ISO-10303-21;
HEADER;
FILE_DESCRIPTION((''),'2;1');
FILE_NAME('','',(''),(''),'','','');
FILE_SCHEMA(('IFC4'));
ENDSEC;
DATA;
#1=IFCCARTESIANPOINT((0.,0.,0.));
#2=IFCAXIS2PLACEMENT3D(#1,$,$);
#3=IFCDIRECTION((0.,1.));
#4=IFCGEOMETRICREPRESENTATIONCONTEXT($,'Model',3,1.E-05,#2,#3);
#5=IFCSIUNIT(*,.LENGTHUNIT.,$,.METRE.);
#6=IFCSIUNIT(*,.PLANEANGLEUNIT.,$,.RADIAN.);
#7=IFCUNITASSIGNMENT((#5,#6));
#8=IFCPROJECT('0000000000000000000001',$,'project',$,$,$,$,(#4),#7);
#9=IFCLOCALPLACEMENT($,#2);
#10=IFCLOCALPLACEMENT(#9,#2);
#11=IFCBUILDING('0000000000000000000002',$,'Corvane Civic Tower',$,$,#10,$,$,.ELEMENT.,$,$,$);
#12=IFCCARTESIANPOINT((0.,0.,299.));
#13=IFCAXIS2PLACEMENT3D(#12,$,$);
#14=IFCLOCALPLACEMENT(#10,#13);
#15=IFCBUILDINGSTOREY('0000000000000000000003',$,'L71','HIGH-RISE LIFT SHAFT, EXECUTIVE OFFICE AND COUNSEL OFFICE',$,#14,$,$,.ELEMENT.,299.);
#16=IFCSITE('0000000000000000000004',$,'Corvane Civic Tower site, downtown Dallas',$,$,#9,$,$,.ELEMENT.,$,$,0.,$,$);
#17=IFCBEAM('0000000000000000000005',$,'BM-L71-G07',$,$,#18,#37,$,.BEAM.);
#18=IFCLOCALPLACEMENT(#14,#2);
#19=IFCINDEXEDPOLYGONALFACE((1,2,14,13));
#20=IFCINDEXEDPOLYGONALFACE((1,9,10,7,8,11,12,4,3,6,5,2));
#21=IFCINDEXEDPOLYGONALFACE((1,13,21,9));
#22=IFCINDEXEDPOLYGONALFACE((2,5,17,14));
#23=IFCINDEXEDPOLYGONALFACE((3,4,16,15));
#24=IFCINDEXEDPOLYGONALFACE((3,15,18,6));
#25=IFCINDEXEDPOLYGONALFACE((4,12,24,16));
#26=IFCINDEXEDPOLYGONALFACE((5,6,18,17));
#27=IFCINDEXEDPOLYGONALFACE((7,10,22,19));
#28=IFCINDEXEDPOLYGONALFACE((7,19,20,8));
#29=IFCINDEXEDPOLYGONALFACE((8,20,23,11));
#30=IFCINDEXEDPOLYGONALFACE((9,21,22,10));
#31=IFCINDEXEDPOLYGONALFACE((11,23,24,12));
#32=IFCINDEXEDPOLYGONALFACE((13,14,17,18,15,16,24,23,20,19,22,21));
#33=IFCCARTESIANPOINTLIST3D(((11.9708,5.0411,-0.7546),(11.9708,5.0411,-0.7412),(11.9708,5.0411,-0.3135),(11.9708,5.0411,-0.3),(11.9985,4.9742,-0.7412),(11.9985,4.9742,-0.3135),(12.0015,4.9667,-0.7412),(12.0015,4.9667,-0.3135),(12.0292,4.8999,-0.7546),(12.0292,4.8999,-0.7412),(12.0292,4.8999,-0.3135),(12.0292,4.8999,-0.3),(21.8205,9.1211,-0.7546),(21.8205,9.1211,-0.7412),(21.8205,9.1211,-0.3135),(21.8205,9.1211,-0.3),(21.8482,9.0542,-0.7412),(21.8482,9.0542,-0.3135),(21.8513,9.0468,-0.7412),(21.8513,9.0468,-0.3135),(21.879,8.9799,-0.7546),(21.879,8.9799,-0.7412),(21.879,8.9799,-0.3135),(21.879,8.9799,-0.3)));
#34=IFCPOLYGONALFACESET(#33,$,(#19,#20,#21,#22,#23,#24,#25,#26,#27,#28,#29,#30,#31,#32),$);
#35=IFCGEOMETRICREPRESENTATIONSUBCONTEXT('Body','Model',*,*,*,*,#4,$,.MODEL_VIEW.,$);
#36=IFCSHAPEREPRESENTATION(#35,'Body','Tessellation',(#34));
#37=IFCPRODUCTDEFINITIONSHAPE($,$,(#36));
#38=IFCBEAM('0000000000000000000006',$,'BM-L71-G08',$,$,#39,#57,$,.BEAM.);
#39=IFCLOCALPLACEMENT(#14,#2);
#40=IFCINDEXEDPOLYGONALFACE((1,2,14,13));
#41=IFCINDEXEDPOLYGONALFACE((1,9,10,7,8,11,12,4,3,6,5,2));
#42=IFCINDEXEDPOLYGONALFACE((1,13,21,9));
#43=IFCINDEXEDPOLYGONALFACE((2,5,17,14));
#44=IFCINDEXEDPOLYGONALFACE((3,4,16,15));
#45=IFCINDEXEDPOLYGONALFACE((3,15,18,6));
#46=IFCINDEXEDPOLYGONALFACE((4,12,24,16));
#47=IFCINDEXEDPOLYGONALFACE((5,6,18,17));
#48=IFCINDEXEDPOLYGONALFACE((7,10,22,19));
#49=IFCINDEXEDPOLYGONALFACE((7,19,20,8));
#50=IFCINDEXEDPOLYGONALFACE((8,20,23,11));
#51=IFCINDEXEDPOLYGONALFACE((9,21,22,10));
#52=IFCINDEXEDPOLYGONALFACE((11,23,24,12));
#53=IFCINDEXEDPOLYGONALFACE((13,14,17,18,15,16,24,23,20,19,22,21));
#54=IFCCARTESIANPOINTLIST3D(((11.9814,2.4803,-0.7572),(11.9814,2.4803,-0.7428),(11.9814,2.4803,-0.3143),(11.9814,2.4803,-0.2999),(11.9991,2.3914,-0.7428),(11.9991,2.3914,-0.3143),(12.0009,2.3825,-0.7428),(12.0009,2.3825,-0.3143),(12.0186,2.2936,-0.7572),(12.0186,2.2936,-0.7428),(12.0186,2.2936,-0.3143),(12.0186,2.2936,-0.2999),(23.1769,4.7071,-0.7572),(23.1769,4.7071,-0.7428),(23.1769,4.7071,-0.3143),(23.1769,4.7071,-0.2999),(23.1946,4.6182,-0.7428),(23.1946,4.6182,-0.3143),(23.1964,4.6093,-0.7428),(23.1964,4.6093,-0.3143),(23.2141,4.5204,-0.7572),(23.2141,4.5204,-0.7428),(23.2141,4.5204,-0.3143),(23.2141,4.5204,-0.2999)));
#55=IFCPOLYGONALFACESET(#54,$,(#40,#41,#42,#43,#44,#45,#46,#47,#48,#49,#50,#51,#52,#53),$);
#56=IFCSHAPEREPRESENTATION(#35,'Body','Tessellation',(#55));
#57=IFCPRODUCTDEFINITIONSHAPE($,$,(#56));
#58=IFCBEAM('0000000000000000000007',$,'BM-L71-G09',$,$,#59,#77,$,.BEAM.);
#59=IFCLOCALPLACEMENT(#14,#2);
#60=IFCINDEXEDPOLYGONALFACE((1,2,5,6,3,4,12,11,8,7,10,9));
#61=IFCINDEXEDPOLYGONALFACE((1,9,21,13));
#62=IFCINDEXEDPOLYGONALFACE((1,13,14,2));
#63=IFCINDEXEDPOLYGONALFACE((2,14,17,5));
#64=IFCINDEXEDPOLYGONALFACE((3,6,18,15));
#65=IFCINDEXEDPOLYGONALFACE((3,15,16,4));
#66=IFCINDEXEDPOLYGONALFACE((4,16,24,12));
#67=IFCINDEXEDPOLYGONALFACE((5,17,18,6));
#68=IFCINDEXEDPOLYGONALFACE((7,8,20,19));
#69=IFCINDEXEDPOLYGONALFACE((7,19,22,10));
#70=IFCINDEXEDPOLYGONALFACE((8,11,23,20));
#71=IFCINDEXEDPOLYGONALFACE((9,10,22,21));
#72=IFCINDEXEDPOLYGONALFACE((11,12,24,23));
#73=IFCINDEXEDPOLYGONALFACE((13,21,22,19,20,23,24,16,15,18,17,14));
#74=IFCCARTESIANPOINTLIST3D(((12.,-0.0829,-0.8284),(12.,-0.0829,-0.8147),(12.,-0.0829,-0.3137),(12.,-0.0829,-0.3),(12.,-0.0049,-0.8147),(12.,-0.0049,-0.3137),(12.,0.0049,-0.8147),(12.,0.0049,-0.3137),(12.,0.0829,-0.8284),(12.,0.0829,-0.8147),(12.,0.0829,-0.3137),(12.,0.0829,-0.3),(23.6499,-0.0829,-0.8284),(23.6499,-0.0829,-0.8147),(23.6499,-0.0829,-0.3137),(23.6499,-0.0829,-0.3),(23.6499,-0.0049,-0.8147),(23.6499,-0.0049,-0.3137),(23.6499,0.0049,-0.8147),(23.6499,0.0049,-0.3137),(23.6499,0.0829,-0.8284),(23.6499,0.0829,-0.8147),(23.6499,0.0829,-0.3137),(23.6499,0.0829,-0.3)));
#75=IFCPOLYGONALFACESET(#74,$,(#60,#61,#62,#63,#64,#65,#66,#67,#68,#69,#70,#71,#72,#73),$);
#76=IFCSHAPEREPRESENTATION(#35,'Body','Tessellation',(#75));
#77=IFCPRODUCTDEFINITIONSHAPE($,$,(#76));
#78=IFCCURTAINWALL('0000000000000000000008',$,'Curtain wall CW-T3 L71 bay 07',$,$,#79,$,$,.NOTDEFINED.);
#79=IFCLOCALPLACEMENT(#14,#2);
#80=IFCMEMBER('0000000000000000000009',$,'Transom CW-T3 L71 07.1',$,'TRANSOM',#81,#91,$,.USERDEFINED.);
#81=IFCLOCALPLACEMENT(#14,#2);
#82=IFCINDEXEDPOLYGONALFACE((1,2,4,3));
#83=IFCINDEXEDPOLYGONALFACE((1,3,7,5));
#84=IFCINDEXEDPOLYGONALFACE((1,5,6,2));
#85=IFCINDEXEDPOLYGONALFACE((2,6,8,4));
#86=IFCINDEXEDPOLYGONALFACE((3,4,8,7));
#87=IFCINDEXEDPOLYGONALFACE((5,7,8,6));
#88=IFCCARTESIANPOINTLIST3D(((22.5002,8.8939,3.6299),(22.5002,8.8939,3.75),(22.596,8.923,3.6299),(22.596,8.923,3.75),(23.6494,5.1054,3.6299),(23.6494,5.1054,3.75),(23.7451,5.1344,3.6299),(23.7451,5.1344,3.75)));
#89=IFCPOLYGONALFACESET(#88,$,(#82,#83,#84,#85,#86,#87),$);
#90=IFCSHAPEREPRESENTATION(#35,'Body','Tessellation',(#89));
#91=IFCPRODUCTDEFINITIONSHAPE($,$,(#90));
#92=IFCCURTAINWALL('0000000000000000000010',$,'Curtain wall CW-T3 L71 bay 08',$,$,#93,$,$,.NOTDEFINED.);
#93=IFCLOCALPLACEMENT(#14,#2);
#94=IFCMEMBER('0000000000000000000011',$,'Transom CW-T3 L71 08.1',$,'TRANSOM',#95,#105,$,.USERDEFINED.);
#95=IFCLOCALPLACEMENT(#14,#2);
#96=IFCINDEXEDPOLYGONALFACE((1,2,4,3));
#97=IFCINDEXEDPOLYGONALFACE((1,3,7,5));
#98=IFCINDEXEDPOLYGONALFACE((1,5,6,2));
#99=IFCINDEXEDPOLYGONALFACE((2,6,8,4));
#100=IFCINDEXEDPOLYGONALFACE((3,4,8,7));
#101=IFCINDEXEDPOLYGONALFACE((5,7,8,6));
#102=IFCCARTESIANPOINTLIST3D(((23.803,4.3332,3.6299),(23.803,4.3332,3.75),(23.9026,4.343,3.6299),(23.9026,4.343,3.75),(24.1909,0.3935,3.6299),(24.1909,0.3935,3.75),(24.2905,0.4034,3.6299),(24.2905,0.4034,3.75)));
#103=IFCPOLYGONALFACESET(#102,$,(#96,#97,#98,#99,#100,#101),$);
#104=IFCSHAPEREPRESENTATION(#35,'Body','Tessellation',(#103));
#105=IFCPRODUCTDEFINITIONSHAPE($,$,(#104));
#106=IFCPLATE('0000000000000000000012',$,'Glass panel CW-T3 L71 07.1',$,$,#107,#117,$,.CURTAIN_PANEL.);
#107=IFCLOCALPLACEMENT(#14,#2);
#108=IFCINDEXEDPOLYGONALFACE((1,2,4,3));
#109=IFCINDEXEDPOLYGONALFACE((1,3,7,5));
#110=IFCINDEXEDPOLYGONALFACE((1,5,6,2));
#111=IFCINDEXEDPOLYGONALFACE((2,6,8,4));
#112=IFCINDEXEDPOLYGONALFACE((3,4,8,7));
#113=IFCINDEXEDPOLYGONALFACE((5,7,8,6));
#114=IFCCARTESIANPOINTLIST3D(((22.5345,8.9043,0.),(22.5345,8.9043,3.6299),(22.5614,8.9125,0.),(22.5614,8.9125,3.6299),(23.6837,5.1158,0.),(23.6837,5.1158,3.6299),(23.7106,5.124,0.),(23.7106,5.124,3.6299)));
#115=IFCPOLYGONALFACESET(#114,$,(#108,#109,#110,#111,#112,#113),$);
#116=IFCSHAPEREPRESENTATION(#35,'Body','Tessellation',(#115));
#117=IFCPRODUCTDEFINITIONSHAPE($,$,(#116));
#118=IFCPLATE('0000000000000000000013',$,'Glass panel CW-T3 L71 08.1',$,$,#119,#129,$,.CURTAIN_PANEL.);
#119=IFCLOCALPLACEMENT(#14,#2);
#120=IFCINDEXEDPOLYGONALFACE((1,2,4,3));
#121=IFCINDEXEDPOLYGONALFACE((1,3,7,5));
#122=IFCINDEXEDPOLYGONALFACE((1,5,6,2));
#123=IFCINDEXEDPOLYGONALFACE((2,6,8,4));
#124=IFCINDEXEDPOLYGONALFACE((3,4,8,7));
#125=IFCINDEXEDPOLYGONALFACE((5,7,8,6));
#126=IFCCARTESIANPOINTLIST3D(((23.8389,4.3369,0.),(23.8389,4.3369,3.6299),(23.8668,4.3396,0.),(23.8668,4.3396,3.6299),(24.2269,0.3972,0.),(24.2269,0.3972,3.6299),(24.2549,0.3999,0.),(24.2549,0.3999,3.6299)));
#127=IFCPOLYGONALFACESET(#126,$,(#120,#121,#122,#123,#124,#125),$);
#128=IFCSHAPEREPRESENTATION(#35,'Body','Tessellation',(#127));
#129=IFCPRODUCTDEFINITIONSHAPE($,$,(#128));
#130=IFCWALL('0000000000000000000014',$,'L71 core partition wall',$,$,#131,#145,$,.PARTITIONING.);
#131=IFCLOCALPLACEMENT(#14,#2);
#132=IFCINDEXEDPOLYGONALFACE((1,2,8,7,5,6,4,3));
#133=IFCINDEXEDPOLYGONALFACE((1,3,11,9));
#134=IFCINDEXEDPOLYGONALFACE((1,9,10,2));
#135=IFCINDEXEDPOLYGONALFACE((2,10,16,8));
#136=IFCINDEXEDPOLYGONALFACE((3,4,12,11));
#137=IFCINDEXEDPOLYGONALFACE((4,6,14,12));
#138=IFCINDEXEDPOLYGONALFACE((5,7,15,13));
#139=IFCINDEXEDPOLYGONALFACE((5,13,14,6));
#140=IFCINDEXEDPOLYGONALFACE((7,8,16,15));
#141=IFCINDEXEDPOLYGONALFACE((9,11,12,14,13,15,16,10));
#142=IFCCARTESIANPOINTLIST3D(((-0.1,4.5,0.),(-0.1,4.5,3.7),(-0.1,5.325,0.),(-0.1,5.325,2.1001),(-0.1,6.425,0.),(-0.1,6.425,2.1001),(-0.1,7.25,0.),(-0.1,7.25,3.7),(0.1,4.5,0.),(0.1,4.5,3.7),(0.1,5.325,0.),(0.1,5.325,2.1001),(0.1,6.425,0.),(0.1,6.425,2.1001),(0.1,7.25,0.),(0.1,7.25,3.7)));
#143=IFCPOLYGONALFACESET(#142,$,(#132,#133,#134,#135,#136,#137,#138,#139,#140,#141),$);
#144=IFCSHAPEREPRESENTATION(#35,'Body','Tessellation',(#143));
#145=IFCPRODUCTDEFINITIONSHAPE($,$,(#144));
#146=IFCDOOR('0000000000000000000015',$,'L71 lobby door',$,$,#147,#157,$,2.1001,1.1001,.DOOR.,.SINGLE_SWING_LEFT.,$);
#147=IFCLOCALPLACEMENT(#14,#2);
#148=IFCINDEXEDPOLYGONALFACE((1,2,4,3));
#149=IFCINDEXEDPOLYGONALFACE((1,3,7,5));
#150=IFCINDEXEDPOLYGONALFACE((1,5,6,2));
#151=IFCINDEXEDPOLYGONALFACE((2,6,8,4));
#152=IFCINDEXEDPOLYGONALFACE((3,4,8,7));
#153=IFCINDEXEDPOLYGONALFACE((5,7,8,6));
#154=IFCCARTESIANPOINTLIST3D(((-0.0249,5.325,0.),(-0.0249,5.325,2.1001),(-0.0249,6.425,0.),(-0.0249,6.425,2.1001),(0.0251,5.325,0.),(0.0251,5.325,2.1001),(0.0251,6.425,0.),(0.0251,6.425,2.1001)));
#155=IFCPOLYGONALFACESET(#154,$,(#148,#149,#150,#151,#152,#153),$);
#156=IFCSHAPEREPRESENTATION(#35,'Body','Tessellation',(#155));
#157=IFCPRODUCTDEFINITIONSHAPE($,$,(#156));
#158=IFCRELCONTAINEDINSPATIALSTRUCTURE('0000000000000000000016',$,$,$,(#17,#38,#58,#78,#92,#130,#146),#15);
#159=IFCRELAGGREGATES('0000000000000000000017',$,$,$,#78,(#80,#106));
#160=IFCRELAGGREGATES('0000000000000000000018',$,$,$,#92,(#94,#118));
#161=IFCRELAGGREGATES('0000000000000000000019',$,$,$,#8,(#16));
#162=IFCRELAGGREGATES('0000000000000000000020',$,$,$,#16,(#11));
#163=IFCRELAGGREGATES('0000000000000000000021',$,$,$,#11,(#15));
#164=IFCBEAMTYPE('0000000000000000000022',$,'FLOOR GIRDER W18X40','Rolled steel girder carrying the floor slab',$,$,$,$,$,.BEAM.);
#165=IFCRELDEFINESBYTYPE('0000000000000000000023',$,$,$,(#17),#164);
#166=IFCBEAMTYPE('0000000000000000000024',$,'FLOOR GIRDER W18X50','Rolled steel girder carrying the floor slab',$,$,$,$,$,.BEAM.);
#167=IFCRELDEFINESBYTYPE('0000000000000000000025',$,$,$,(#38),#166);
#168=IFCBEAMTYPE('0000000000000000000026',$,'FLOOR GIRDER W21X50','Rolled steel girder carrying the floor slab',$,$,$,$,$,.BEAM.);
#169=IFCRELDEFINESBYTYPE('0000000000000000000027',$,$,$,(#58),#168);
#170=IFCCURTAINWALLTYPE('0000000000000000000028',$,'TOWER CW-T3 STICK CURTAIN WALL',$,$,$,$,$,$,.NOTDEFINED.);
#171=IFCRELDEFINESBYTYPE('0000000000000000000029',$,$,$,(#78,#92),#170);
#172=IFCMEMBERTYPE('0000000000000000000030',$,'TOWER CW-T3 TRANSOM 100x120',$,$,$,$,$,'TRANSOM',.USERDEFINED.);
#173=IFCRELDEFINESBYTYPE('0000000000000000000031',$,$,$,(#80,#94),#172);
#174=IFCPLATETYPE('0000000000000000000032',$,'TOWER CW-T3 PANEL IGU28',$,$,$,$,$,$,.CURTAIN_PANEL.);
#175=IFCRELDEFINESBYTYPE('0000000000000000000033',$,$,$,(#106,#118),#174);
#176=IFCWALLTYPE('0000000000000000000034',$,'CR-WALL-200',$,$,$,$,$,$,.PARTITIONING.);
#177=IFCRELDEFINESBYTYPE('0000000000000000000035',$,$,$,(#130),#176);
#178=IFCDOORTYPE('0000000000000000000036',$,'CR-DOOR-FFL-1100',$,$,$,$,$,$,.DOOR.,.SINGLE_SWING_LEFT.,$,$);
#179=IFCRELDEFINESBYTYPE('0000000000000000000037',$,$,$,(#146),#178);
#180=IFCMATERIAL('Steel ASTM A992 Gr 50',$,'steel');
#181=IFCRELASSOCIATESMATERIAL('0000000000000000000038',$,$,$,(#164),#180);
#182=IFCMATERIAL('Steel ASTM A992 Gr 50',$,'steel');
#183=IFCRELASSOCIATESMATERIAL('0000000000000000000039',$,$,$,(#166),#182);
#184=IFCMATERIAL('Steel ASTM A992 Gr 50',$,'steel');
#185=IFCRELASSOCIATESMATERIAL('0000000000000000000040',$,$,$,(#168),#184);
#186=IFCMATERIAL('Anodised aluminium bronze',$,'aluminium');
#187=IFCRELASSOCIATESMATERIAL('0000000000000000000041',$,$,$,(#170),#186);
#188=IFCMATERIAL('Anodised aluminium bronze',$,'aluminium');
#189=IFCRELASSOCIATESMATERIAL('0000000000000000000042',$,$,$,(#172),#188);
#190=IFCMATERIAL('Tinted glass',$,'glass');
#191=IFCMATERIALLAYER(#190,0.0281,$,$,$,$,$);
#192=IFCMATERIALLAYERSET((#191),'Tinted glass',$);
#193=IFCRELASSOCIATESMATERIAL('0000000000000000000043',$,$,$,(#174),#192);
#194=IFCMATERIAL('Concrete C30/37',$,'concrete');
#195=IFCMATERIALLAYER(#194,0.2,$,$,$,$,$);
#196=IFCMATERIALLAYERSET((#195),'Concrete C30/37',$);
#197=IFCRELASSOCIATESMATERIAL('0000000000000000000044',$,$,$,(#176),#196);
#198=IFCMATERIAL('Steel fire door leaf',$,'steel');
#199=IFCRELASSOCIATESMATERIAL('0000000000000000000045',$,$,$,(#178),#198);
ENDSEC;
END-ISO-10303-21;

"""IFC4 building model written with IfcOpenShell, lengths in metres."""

from ifc_helpers import new_model, si_unit, direction, frame, frame_2d, origin, origin_2d, place, context, subcontext, project, spatial, rectangle, i_section, extrude, material, layer, layer_set, material_profile, profile_set, type_object, element, fill, aggregate, save


model = new_model("IFC4")

# Units and contexts
model_context = context("Model", 3, precision=1e-05, world=origin(), true_north=direction((0.0, 1.0)))
body_context = subcontext(model_context, "Body", "Model", "MODEL_VIEW")
ifc_project = project(units=[si_unit("LENGTHUNIT", "METRE"), si_unit("PLANEANGLEUNIT", "RADIAN")], contexts=[model_context])

# Site, building, storey
site_placement = place(None, origin())
site = spatial("IfcSite", under=ifc_project, at=site_placement, Name="Corvane Civic Tower site, downtown Dallas", CompositionType="ELEMENT", RefElevation=0.0)
building_placement = place(site_placement, origin())
building = spatial("IfcBuilding", under=site, at=building_placement, Name="Corvane Civic Tower", CompositionType="ELEMENT")
storey_placement = place(building_placement, frame((0.0, 0.0, 299.0)))
storey = spatial("IfcBuildingStorey", under=building, at=storey_placement, Name="L71", Description="HIGH-RISE LIFT SHAFT, EXECUTIVE OFFICE AND COUNSEL OFFICE", CompositionType="ELEMENT", Elevation=299.0)

# Beams
ifc_material_1 = material(Name="Steel ASTM A992 Gr 50", Category="steel")
ifc_material_profile_1 = material_profile(ifc_material_1, i_section(OverallWidth=0.1528, OverallDepth=0.4546, WebThickness=0.0081, FlangeThickness=0.0134, at=origin_2d()), Name="W18X40")
ifc_profile_set_1 = profile_set([ifc_material_profile_1], Name="Steel ASTM A992 Gr 50")
beam_type_1 = type_object("IfcBeamType", Name="FLOOR GIRDER W18X40", Description="Rolled steel girder carrying the floor slab", PredefinedType="BEAM", material=ifc_profile_set_1)
beam_1_placement = place(storey_placement, frame((12.0, 4.9705, -0.5273), z_axis=(0.923875, 0.382694, 0.0), x_axis=(-0.382694, 0.923875, 0.0)))
element("IfcBeam", 1, at=beam_1_placement, inside=storey, type_object=beam_type_1, Name="BM-L71-G07", PredefinedType="BEAM", context=body_context, shape_type="SweptSolid", body=[
    extrude(i_section(OverallWidth=0.1528, OverallDepth=0.4546, WebThickness=0.0081, FlangeThickness=0.0134, at=origin_2d()), origin(), (0.0, 0.0, 1.0), 10.6614),
])
ifc_material_2 = material(Name="Steel ASTM A992 Gr 50", Category="steel")
ifc_material_profile_2 = material_profile(ifc_material_2, i_section(OverallWidth=0.1904, OverallDepth=0.4573, WebThickness=0.009, FlangeThickness=0.0144, at=origin_2d()), Name="W18X50")
ifc_profile_set_2 = profile_set([ifc_material_profile_2], Name="Steel ASTM A992 Gr 50")
beam_type_2 = type_object("IfcBeamType", Name="FLOOR GIRDER W18X50", Description="Rolled steel girder carrying the floor slab", PredefinedType="BEAM", material=ifc_profile_set_2)
beam_2_placement = place(storey_placement, frame((12.0, 2.387, -0.5286), z_axis=(0.980787, 0.19508, 0.0), x_axis=(-0.19508, 0.980787, 0.0)))
element("IfcBeam", 2, at=beam_2_placement, inside=storey, type_object=beam_type_2, Name="BM-L71-G08", PredefinedType="BEAM", context=body_context, shape_type="SweptSolid", body=[
    extrude(i_section(OverallWidth=0.1904, OverallDepth=0.4573, WebThickness=0.009, FlangeThickness=0.0144, at=origin_2d()), origin(), (0.0, 0.0, 1.0), 11.4148),
])
ifc_material_3 = material(Name="Steel ASTM A992 Gr 50", Category="steel")
ifc_material_profile_3 = material_profile(ifc_material_3, i_section(OverallWidth=0.1658, OverallDepth=0.5283, WebThickness=0.0098, FlangeThickness=0.0137, at=origin_2d()), Name="W21X50")
ifc_profile_set_3 = profile_set([ifc_material_profile_3], Name="Steel ASTM A992 Gr 50")
beam_type_3 = type_object("IfcBeamType", Name="FLOOR GIRDER W21X50", Description="Rolled steel girder carrying the floor slab", PredefinedType="BEAM", material=ifc_profile_set_3)
beam_3_placement = place(storey_placement, frame((12.0, 0.0, -0.5642), z_axis=(1.0, 0.0, 0.0), x_axis=(0.0, 1.0, 0.0)))
element("IfcBeam", 3, at=beam_3_placement, inside=storey, type_object=beam_type_3, Name="BM-L71-G09", PredefinedType="BEAM", context=body_context, shape_type="SweptSolid", body=[
    extrude(i_section(OverallWidth=0.1658, OverallDepth=0.5283, WebThickness=0.0098, FlangeThickness=0.0137, at=origin_2d()), origin(), (0.0, 0.0, 1.0), 11.6499),
])

# Curtain walls, members
ifc_material_4 = material(Name="Anodised aluminium bronze", Category="aluminium")
curtain_wall_type = type_object("IfcCurtainWallType", Name="TOWER CW-T3 STICK CURTAIN WALL", PredefinedType="NOTDEFINED", material=ifc_material_4)
curtain_wall_1_placement = place(storey_placement, origin())
curtain_wall_1 = element("IfcCurtainWall", 4, at=curtain_wall_1_placement, inside=storey, type_object=curtain_wall_type, Name="Curtain wall CW-T3 L71 bay 07", PredefinedType="NOTDEFINED")
ifc_material_5 = material(Name="Anodised aluminium bronze", Category="aluminium")
ifc_material_profile_4 = material_profile(ifc_material_5, rectangle(XDim=0.1001, YDim=0.1201, at=origin_2d()), Name="TOWER CW-T3 TRANSOM 100x120")
ifc_profile_set_4 = profile_set([ifc_material_profile_4], Name="Anodised aluminium bronze")
member_type = type_object("IfcMemberType", Name="TOWER CW-T3 TRANSOM 100x120", ElementType="TRANSOM", PredefinedType="USERDEFINED", material=ifc_profile_set_4)
member_1_placement = place(storey_placement, frame((22.5481, 8.9084, 3.6899), z_axis=(0.290266, -0.956946, 0.0), x_axis=(0.956946, 0.290266, 0.0)))
member_1 = element("IfcMember", 5, at=member_1_placement, type_object=member_type, Name="Transom CW-T3 L71 07.1", ObjectType="TRANSOM", PredefinedType="USERDEFINED", context=body_context, shape_type="SweptSolid", body=[
    extrude(rectangle(XDim=0.1001, YDim=0.1201, at=origin_2d()), origin(), (0.0, 0.0, 1.0), 3.959),
])
curtain_wall_2_placement = place(storey_placement, origin())
curtain_wall_2 = element("IfcCurtainWall", 6, at=curtain_wall_2_placement, inside=storey, type_object=curtain_wall_type, Name="Curtain wall CW-T3 L71 bay 08", PredefinedType="NOTDEFINED")
member_2_placement = place(storey_placement, frame((23.8528, 4.3381, 3.6899), z_axis=(0.097995, -0.995187, 0.0), x_axis=(0.995187, 0.097995, 0.0)))
member_2 = element("IfcMember", 7, at=member_2_placement, type_object=member_type, Name="Transom CW-T3 L71 08.1", ObjectType="TRANSOM", PredefinedType="USERDEFINED", context=body_context, shape_type="SweptSolid", body=[
    extrude(rectangle(XDim=0.1001, YDim=0.1201, at=origin_2d()), origin(), (0.0, 0.0, 1.0), 3.9587),
])

# Plates
ifc_material_6 = material(Name="Tinted glass", Category="glass")
ifc_layer_1 = layer(ifc_material_6, 0.0281)
ifc_layer_set_1 = layer_set([ifc_layer_1], Name="Tinted glass")
plate_type = type_object("IfcPlateType", Name="TOWER CW-T3 PANEL IGU28", PredefinedType="CURTAIN_PANEL", material=ifc_layer_set_1)
plate_1_placement = place(storey_placement, frame((23.1226, 7.0142, 0.0), z_axis=(0.0, 0.0, 1.0), x_axis=(0.290274, -0.956944, 0.0)))
plate_1 = element("IfcPlate", 8, at=plate_1_placement, type_object=plate_type, Name="Glass panel CW-T3 L71 07.1", PredefinedType="CURTAIN_PANEL", context=body_context, shape_type="SweptSolid", body=[
    extrude(rectangle(XDim=3.959, YDim=0.0281, at=origin_2d()), origin(), (0.0, 0.0, 1.0), 3.6299),
])
aggregate(curtain_wall_1, [member_1, plate_1])
plate_2_placement = place(storey_placement, frame((24.0469, 2.3684, 0.0), z_axis=(0.0, 0.0, 1.0), x_axis=(0.098021, -0.995184, 0.0)))
plate_2 = element("IfcPlate", 9, at=plate_2_placement, type_object=plate_type, Name="Glass panel CW-T3 L71 08.1", PredefinedType="CURTAIN_PANEL", context=body_context, shape_type="SweptSolid", body=[
    extrude(rectangle(XDim=3.9587, YDim=0.0281, at=origin_2d()), origin(), (0.0, 0.0, 1.0), 3.6299),
])
aggregate(curtain_wall_2, [member_2, plate_2])

# Wall, opening, door
ifc_material_7 = material(Name="Concrete C30/37", Category="concrete")
ifc_layer_2 = layer(ifc_material_7, 0.2)
ifc_layer_set_2 = layer_set([ifc_layer_2], Name="Concrete C30/37")
wall_type_1 = type_object("IfcWallType", Name="CR-WALL-200", PredefinedType="PARTITIONING", material=ifc_layer_set_2)
wall_1_placement = place(storey_placement, frame((0.0, 4.5, 0.0), z_axis=(0.0, 0.0, 1.0), x_axis=(0.0, 1.0, 0.0)))
wall_1 = element("IfcWall", 10, at=wall_1_placement, inside=storey, type_object=wall_type_1, Name="L71 core partition wall", PredefinedType="PARTITIONING", context=body_context, shape_type="SweptSolid", body=[
    extrude(rectangle(XDim=2.75, YDim=0.2, at=frame_2d((1.375, 0.0))), origin(), (0.0, 0.0, 1.0), 3.7),
])
opening_1_placement = place(wall_1_placement, frame((0.825, 0.0, 0.0)))
opening_1 = element("IfcOpeningElement", 11, at=opening_1_placement, cuts=wall_1, PredefinedType="OPENING", context=body_context, shape_type="SweptSolid", body=[
    extrude(rectangle(XDim=1.1001, YDim=2.1001, at=frame_2d((0.55, 1.05))), frame((0.0, 0.1099, 0.0), z_axis=(0.0, -1.0, 0.0), x_axis=(1.0, 0.0, 0.0)), (0.0, 0.0, 1.0), 0.22),
])
ifc_material_8 = material(Name="Steel fire door leaf", Category="steel")
door_type_1 = type_object("IfcDoorType", Name="CR-DOOR-FFL-1100", OperationType="SINGLE_SWING_LEFT", PredefinedType="DOOR", material=ifc_material_8)
door_1_placement = place(opening_1_placement, origin())
door_1 = element("IfcDoor", 12, at=door_1_placement, inside=storey, type_object=door_type_1, Name="L71 lobby door", OperationType="SINGLE_SWING_LEFT", OverallHeight=2.1001, OverallWidth=1.1001, PredefinedType="DOOR", context=body_context, shape_type="SweptSolid", body=[
    extrude(rectangle(XDim=1.1001, YDim=2.1001, at=frame_2d((0.55, 1.05))), frame((0.0, 0.0249, 0.0), z_axis=(0.0, -1.0, 0.0), x_axis=(1.0, 0.0, 0.0)), (0.0, 0.0, 1.0), 0.05),
])
fill(opening_1, door_1)

save(model, "model.ifc")
